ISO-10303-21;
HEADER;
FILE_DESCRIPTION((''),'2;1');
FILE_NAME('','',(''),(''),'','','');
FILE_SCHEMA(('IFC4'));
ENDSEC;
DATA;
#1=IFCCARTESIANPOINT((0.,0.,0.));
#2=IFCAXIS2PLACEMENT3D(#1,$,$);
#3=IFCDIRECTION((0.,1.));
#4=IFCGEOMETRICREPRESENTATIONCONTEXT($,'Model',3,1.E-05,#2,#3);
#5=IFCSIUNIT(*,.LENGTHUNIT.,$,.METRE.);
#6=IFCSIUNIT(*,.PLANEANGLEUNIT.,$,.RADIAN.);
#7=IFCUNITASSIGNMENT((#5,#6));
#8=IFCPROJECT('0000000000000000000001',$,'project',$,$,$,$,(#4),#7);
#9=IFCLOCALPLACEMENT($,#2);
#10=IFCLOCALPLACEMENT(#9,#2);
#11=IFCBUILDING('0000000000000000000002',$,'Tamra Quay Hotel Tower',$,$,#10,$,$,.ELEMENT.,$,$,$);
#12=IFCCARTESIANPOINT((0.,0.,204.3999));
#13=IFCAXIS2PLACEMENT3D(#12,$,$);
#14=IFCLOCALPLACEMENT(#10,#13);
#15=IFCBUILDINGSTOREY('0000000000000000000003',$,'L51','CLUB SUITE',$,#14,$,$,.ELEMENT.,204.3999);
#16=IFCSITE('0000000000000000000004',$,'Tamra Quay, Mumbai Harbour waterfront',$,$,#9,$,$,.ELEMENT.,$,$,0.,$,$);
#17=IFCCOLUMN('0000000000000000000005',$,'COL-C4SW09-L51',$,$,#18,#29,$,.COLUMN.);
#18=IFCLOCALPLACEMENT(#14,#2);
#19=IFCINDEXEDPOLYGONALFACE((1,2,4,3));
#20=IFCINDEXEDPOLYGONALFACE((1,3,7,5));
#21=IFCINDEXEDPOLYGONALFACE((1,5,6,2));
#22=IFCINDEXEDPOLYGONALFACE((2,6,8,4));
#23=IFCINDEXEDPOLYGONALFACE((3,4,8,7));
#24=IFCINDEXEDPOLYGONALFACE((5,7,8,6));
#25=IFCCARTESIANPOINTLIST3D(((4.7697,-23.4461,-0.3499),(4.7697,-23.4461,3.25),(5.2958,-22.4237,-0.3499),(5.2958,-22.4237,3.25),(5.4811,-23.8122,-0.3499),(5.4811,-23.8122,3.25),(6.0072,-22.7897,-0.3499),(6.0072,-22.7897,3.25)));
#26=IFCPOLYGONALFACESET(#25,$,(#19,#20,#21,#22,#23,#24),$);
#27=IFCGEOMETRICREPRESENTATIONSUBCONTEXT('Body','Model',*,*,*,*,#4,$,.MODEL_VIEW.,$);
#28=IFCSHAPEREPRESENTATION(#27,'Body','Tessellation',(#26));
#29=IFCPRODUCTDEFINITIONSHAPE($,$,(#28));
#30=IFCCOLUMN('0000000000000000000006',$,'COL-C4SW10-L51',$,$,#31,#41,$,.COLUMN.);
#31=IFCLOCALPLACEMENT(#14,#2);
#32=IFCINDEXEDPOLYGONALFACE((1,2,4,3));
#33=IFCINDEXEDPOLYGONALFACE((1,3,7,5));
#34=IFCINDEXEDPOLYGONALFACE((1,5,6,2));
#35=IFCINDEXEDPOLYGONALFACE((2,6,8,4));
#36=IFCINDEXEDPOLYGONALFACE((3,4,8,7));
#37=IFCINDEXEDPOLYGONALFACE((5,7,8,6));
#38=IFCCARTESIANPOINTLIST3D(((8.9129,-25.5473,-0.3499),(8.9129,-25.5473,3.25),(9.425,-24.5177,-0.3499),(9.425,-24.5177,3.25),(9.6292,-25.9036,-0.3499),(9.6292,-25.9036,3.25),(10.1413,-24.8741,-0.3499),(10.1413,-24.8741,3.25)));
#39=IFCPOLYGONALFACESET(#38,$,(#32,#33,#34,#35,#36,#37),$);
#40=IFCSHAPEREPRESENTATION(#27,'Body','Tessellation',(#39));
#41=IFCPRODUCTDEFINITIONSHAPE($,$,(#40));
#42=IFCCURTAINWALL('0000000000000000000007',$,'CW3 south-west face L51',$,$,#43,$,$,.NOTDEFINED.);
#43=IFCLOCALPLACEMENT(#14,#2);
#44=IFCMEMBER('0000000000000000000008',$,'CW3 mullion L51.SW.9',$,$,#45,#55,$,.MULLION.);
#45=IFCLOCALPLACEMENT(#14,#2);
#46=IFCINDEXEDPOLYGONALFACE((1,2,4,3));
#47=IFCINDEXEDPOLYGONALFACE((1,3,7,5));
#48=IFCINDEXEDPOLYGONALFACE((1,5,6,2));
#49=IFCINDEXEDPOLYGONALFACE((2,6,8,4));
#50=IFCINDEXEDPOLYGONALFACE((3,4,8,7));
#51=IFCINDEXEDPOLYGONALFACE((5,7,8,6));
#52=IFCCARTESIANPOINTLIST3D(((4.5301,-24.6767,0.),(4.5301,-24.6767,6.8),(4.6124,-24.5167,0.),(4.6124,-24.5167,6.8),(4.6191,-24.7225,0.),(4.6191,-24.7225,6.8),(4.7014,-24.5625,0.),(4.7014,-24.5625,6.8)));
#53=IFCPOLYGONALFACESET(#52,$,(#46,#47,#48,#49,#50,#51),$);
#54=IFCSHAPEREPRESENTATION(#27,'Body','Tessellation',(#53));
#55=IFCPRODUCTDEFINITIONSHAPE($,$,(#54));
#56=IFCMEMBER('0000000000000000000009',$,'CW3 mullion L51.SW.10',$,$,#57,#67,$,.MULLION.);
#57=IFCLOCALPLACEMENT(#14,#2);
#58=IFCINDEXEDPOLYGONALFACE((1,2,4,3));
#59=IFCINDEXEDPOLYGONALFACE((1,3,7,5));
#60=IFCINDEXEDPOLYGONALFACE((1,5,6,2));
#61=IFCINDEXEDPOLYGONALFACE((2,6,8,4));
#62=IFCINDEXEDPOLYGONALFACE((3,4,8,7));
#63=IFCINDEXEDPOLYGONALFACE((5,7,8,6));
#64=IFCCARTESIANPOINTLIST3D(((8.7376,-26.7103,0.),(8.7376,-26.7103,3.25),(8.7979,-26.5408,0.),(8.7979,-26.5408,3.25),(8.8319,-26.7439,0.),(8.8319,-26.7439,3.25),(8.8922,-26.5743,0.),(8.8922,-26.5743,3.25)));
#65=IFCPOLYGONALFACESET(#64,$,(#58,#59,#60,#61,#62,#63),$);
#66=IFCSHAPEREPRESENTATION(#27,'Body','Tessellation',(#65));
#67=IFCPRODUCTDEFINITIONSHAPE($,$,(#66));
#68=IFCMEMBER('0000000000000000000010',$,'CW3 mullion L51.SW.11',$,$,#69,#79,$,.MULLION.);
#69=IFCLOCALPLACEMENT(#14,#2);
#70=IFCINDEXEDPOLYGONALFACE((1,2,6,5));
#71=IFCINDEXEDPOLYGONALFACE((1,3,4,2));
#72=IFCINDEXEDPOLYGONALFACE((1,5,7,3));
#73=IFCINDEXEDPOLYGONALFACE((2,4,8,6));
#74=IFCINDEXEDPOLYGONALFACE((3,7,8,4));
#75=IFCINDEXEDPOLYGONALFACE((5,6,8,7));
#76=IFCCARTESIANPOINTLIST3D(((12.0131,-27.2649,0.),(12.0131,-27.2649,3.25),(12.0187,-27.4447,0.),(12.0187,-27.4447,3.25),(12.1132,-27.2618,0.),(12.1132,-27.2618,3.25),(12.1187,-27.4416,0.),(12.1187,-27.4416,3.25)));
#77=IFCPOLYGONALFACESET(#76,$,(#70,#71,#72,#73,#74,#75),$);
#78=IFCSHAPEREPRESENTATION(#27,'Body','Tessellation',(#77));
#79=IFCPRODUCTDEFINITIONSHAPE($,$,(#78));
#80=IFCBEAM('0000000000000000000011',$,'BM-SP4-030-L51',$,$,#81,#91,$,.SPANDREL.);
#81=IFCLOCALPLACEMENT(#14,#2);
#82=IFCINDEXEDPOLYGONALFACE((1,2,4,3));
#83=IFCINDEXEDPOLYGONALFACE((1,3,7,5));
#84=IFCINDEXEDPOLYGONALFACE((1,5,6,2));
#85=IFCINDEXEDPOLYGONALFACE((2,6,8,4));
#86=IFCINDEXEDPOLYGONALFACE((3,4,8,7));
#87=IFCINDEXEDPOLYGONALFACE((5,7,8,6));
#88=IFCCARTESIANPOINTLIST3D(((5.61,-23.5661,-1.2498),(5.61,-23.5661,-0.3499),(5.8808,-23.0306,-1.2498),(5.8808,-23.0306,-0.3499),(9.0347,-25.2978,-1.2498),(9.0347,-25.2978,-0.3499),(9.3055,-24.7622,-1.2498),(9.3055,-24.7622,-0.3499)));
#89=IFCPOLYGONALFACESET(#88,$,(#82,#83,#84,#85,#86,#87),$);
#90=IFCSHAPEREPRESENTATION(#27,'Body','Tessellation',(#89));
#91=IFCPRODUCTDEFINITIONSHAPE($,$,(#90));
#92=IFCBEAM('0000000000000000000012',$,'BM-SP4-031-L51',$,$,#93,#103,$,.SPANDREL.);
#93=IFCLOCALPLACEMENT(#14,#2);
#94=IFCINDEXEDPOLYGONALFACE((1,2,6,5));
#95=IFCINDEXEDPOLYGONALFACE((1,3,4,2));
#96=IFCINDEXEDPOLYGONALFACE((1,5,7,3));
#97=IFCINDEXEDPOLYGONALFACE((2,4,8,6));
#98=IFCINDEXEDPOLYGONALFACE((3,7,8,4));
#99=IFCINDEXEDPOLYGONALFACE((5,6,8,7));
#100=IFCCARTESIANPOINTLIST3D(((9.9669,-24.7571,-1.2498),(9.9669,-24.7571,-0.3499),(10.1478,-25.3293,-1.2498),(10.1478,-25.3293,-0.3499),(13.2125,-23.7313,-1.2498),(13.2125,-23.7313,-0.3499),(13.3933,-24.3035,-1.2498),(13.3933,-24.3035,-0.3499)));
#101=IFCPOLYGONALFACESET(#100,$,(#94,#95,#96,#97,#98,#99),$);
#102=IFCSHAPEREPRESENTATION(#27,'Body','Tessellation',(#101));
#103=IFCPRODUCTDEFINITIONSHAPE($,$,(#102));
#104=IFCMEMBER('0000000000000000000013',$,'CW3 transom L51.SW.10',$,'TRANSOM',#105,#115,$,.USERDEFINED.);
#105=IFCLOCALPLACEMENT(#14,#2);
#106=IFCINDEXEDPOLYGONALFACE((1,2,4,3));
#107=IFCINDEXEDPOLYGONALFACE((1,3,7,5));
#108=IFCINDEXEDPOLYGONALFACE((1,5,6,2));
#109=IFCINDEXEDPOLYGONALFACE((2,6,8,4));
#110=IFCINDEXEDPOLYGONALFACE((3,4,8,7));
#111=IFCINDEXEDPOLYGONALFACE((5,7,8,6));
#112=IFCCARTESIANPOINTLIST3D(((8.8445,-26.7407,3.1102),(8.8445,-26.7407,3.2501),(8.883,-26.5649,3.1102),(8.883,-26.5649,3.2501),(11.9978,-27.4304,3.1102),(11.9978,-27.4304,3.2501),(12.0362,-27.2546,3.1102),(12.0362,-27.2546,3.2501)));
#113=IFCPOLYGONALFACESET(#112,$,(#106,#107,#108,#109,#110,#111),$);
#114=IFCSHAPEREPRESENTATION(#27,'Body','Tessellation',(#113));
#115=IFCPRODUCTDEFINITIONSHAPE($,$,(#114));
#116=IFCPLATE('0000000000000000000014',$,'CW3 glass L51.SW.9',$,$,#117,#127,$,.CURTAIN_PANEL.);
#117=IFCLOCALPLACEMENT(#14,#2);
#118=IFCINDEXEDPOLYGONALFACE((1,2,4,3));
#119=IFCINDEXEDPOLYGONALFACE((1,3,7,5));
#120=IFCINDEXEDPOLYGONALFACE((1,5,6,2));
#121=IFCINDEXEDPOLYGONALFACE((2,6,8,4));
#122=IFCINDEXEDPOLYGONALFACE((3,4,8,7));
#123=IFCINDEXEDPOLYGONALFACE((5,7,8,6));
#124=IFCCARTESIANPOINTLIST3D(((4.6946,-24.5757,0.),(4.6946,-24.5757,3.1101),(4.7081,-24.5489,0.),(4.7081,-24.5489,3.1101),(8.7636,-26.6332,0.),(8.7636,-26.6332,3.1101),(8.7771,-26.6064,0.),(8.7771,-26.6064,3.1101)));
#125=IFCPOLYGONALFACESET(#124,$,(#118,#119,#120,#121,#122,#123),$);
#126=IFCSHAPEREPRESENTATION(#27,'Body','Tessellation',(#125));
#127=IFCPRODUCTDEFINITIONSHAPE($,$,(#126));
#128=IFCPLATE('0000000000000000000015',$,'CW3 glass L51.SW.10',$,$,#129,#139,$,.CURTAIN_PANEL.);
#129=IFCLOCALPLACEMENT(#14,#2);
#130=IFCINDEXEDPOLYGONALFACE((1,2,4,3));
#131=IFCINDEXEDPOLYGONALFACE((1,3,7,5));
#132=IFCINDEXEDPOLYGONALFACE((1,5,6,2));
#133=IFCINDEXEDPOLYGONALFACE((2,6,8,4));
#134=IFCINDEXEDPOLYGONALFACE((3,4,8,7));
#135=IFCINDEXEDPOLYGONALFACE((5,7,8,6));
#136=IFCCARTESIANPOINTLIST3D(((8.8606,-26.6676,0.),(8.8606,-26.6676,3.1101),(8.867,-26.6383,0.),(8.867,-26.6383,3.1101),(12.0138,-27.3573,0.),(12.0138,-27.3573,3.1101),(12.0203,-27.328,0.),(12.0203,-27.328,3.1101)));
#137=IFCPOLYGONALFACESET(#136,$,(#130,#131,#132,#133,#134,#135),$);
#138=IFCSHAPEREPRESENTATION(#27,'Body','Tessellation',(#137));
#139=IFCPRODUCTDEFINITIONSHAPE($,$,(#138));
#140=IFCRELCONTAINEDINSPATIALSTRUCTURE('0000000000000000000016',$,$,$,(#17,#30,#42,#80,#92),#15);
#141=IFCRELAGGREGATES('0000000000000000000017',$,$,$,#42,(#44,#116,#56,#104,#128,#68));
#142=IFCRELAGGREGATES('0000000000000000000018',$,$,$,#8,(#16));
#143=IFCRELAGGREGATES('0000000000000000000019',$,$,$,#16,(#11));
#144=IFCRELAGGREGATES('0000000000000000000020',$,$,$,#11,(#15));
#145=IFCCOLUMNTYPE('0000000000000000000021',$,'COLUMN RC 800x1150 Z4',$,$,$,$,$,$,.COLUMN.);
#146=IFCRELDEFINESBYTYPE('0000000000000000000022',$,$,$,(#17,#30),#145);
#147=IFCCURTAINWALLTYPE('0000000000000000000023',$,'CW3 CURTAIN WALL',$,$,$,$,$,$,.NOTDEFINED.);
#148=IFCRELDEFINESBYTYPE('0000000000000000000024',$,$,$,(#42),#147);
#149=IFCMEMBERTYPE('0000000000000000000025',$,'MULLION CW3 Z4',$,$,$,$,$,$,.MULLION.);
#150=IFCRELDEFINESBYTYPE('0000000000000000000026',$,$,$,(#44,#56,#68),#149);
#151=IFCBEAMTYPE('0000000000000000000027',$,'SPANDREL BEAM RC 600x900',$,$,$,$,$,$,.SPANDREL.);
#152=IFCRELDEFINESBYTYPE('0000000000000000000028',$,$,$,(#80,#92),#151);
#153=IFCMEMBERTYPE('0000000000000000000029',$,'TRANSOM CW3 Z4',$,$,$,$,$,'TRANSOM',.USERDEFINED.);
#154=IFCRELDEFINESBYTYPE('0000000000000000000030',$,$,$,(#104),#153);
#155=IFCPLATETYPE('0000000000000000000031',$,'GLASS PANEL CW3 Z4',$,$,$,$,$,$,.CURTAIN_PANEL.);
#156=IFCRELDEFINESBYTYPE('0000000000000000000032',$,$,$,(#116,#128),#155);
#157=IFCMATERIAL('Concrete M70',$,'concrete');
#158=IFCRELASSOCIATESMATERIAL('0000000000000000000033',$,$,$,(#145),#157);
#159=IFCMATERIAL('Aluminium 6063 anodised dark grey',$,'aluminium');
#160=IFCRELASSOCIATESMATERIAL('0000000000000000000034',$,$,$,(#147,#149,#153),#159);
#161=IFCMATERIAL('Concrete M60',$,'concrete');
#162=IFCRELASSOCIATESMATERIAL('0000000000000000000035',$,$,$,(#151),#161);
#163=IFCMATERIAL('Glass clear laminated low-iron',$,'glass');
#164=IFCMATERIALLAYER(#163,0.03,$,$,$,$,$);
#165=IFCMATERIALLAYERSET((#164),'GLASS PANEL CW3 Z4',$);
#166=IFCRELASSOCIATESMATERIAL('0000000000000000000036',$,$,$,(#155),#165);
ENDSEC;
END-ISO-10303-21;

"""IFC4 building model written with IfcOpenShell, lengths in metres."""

from ifc_helpers import new_model, si_unit, direction, frame, origin, origin_2d, place, context, subcontext, project, spatial, rectangle, extrude, material, layer, layer_set, material_profile, profile_set, type_object, element, aggregate, save


model = new_model("IFC4")

# Units and contexts
model_context = context("Model", 3, precision=1e-05, world=origin(), true_north=direction((0.0, 1.0)))
body_context = subcontext(model_context, "Body", "Model", "MODEL_VIEW")
ifc_project = project(units=[si_unit("LENGTHUNIT", "METRE"), si_unit("PLANEANGLEUNIT", "RADIAN")], contexts=[model_context])

# Site, building, storey
site_placement = place(None, origin())
site = spatial("IfcSite", under=ifc_project, at=site_placement, Name="Tamra Quay, Mumbai Harbour waterfront", CompositionType="ELEMENT", RefElevation=0.0)
building_placement = place(site_placement, origin())
building = spatial("IfcBuilding", under=site, at=building_placement, Name="Tamra Quay Hotel Tower", CompositionType="ELEMENT")
storey_placement = place(building_placement, frame((0.0, 0.0, 204.3999)))
storey = spatial("IfcBuildingStorey", under=building, at=storey_placement, Name="L51", Description="CLUB SUITE", CompositionType="ELEMENT", Elevation=204.3999)

# Columns
ifc_material_1 = material(Name="Concrete M70", Category="concrete")
ifc_material_profile_1 = material_profile(ifc_material_1, rectangle(XDim=1.1499, YDim=0.8, at=origin_2d()), Name="COLUMN RC 800x1150 Z4")
ifc_profile_set_1 = profile_set([ifc_material_profile_1], Name="Concrete M70")
column_type = type_object("IfcColumnType", Name="COLUMN RC 800x1150 Z4", PredefinedType="COLUMN", material=ifc_profile_set_1)
for number, where, z_axis, x_axis, name in (
    (1, (5.3884, -23.1179, -0.3499), (0.0, 0.0, 1.0), (0.457548, 0.889185, 0.0), "COL-C4SW09-L51"),
    (2, (9.5271, -25.2107, -0.3499), (0.0, 0.0, 1.0), (0.445415, 0.895324, 0.0), "COL-C4SW10-L51"),
):
    element("IfcColumn", number, at=place(storey_placement, frame(where, z_axis=z_axis, x_axis=x_axis)), inside=storey, type_object=column_type, Name=name, PredefinedType="COLUMN", context=body_context, shape_type="SweptSolid", body=[
        extrude(rectangle(XDim=1.1499, YDim=0.8, at=origin_2d()), origin(), (0.0, 0.0, 1.0), 3.5999),
    ])

# Curtain wall, members
ifc_material_2 = material(Name="Aluminium 6063 anodised dark grey", Category="aluminium")
curtain_wall_type = type_object("IfcCurtainWallType", Name="CW3 CURTAIN WALL", PredefinedType="NOTDEFINED", material=ifc_material_2)
curtain_wall_placement = place(storey_placement, origin())
curtain_wall = element("IfcCurtainWall", 3, at=curtain_wall_placement, inside=storey, type_object=curtain_wall_type, Name="CW3 south-west face L51", PredefinedType="NOTDEFINED")
ifc_material_profile_2 = material_profile(ifc_material_2, rectangle(XDim=0.1799, YDim=0.1001, at=origin_2d()), Name="MULLION 100X180")
ifc_profile_set_2 = profile_set([ifc_material_profile_2], Name="Aluminium 6063 anodised dark grey")
member_type_1 = type_object("IfcMemberType", Name="MULLION CW3 Z4", PredefinedType="MULLION", material=ifc_profile_set_2)
member_1_placement = place(storey_placement, frame((4.6157, -24.6196, 0.0), z_axis=(0.0, 0.0, 1.0), x_axis=(-0.457401, -0.889261, 0.0)))
member_1 = element("IfcMember", 4, at=member_1_placement, type_object=member_type_1, Name="CW3 mullion L51.SW.9", PredefinedType="MULLION", context=body_context, shape_type="SweptSolid", body=[
    extrude(rectangle(XDim=0.1799, YDim=0.1001, at=origin_2d()), origin(), (0.0, 0.0, 1.0), 6.8),
])
member_2_placement = place(storey_placement, frame((8.8149, -26.6423, 0.0), z_axis=(0.0, 0.0, 1.0), x_axis=(-0.335128, -0.942173, 0.0)))
member_2 = element("IfcMember", 5, at=member_2_placement, type_object=member_type_1, Name="CW3 mullion L51.SW.10", PredefinedType="MULLION", context=body_context, shape_type="SweptSolid", body=[
    extrude(rectangle(XDim=0.1799, YDim=0.1001, at=origin_2d()), origin(), (0.0, 0.0, 1.0), 3.25),
])
member_3_placement = place(storey_placement, frame((12.0659, -27.3533, 0.0), z_axis=(0.0, 0.0, 1.0), x_axis=(0.030975, -0.99952, 0.0)))
member_3 = element("IfcMember", 6, at=member_3_placement, type_object=member_type_1, Name="CW3 mullion L51.SW.11", PredefinedType="MULLION", context=body_context, shape_type="SweptSolid", body=[
    extrude(rectangle(XDim=0.1799, YDim=0.1001, at=origin_2d()), origin(), (0.0, 0.0, 1.0), 3.25),
])

# Beams
ifc_material_3 = material(Name="Concrete M60", Category="concrete")
ifc_material_profile_3 = material_profile(ifc_material_3, rectangle(XDim=0.6001, YDim=0.8999, at=origin_2d()), Name="SPANDREL BEAM RC 600x900")
ifc_profile_set_3 = profile_set([ifc_material_profile_3], Name="Concrete M60")
beam_type = type_object("IfcBeamType", Name="SPANDREL BEAM RC 600x900", PredefinedType="SPANDREL", material=ifc_profile_set_3)
beam_1_placement = place(storey_placement, frame((5.7454, -23.2983, -0.7998), z_axis=(0.892408, -0.45123, 0.0), x_axis=(0.45123, 0.892408, 0.0)))
element("IfcBeam", 7, at=beam_1_placement, inside=storey, type_object=beam_type, Name="BM-SP4-030-L51", PredefinedType="SPANDREL", context=body_context, shape_type="SweptSolid", body=[
    extrude(rectangle(XDim=0.6001, YDim=0.8999, at=origin_2d()), origin(), (0.0, 0.0, 1.0), 3.8376),
])
beam_2_placement = place(storey_placement, frame((10.0574, -25.0432, -0.7998), z_axis=(0.953502, 0.301385, 0.0), x_axis=(-0.301385, 0.953502, 0.0)))
element("IfcBeam", 8, at=beam_2_placement, inside=storey, type_object=beam_type, Name="BM-SP4-031-L51", PredefinedType="SPANDREL", context=body_context, shape_type="SweptSolid", body=[
    extrude(rectangle(XDim=0.6001, YDim=0.8999, at=origin_2d()), origin(), (0.0, 0.0, 1.0), 3.4038),
])

# Member
ifc_material_profile_4 = material_profile(ifc_material_2, rectangle(XDim=0.1799, YDim=0.1399, at=origin_2d()), Name="TRANSOM 180X140")
ifc_profile_set_4 = profile_set([ifc_material_profile_4], Name="Aluminium 6063 anodised dark grey")
member_type_2 = type_object("IfcMemberType", Name="TRANSOM CW3 Z4", ElementType="TRANSOM", PredefinedType="USERDEFINED", material=ifc_profile_set_4)
member_4_placement = place(storey_placement, frame((8.8638, -26.6528, 3.1802), z_axis=(0.976906, -0.21367, 0.0), x_axis=(0.21367, 0.976906, 0.0)))
member_4 = element("IfcMember", 9, at=member_4_placement, type_object=member_type_2, Name="CW3 transom L51.SW.10", ObjectType="TRANSOM", PredefinedType="USERDEFINED", context=body_context, shape_type="SweptSolid", body=[
    extrude(rectangle(XDim=0.1799, YDim=0.1399, at=origin_2d()), origin(), (0.0, 0.0, 1.0), 3.2278),
])

# Plates
ifc_material_4 = material(Name="Glass clear laminated low-iron", Category="glass")
ifc_layer_1 = layer(ifc_material_4, 0.03)
ifc_layer_set_1 = layer_set([ifc_layer_1], Name="GLASS PANEL CW3 Z4")
plate_type = type_object("IfcPlateType", Name="GLASS PANEL CW3 Z4", PredefinedType="CURTAIN_PANEL", material=ifc_layer_set_1)
plate_1_placement = place(storey_placement, frame((6.7358, -25.5911, 0.0), z_axis=(0.0, 0.0, 1.0), x_axis=(0.892403, -0.451239, 0.0)))
plate_1 = element("IfcPlate", 10, at=plate_1_placement, type_object=plate_type, Name="CW3 glass L51.SW.9", PredefinedType="CURTAIN_PANEL", context=body_context, shape_type="SweptSolid", body=[
    extrude(rectangle(XDim=4.5596, YDim=0.03, at=origin_2d()), origin(), (0.0, 0.0, 1.0), 3.1101),
])
plate_2_placement = place(storey_placement, frame((10.4404, -26.9978, 0.0), z_axis=(0.0, 0.0, 1.0), x_axis=(0.976906, -0.213669, 0.0)))
plate_2 = element("IfcPlate", 11, at=plate_2_placement, type_object=plate_type, Name="CW3 glass L51.SW.10", PredefinedType="CURTAIN_PANEL", context=body_context, shape_type="SweptSolid", body=[
    extrude(rectangle(XDim=3.2278, YDim=0.03, at=origin_2d()), origin(), (0.0, 0.0, 1.0), 3.1101),
])
aggregate(curtain_wall, [member_1, plate_1, member_2, member_4, plate_2, member_3])

save(model, "model.ifc")
